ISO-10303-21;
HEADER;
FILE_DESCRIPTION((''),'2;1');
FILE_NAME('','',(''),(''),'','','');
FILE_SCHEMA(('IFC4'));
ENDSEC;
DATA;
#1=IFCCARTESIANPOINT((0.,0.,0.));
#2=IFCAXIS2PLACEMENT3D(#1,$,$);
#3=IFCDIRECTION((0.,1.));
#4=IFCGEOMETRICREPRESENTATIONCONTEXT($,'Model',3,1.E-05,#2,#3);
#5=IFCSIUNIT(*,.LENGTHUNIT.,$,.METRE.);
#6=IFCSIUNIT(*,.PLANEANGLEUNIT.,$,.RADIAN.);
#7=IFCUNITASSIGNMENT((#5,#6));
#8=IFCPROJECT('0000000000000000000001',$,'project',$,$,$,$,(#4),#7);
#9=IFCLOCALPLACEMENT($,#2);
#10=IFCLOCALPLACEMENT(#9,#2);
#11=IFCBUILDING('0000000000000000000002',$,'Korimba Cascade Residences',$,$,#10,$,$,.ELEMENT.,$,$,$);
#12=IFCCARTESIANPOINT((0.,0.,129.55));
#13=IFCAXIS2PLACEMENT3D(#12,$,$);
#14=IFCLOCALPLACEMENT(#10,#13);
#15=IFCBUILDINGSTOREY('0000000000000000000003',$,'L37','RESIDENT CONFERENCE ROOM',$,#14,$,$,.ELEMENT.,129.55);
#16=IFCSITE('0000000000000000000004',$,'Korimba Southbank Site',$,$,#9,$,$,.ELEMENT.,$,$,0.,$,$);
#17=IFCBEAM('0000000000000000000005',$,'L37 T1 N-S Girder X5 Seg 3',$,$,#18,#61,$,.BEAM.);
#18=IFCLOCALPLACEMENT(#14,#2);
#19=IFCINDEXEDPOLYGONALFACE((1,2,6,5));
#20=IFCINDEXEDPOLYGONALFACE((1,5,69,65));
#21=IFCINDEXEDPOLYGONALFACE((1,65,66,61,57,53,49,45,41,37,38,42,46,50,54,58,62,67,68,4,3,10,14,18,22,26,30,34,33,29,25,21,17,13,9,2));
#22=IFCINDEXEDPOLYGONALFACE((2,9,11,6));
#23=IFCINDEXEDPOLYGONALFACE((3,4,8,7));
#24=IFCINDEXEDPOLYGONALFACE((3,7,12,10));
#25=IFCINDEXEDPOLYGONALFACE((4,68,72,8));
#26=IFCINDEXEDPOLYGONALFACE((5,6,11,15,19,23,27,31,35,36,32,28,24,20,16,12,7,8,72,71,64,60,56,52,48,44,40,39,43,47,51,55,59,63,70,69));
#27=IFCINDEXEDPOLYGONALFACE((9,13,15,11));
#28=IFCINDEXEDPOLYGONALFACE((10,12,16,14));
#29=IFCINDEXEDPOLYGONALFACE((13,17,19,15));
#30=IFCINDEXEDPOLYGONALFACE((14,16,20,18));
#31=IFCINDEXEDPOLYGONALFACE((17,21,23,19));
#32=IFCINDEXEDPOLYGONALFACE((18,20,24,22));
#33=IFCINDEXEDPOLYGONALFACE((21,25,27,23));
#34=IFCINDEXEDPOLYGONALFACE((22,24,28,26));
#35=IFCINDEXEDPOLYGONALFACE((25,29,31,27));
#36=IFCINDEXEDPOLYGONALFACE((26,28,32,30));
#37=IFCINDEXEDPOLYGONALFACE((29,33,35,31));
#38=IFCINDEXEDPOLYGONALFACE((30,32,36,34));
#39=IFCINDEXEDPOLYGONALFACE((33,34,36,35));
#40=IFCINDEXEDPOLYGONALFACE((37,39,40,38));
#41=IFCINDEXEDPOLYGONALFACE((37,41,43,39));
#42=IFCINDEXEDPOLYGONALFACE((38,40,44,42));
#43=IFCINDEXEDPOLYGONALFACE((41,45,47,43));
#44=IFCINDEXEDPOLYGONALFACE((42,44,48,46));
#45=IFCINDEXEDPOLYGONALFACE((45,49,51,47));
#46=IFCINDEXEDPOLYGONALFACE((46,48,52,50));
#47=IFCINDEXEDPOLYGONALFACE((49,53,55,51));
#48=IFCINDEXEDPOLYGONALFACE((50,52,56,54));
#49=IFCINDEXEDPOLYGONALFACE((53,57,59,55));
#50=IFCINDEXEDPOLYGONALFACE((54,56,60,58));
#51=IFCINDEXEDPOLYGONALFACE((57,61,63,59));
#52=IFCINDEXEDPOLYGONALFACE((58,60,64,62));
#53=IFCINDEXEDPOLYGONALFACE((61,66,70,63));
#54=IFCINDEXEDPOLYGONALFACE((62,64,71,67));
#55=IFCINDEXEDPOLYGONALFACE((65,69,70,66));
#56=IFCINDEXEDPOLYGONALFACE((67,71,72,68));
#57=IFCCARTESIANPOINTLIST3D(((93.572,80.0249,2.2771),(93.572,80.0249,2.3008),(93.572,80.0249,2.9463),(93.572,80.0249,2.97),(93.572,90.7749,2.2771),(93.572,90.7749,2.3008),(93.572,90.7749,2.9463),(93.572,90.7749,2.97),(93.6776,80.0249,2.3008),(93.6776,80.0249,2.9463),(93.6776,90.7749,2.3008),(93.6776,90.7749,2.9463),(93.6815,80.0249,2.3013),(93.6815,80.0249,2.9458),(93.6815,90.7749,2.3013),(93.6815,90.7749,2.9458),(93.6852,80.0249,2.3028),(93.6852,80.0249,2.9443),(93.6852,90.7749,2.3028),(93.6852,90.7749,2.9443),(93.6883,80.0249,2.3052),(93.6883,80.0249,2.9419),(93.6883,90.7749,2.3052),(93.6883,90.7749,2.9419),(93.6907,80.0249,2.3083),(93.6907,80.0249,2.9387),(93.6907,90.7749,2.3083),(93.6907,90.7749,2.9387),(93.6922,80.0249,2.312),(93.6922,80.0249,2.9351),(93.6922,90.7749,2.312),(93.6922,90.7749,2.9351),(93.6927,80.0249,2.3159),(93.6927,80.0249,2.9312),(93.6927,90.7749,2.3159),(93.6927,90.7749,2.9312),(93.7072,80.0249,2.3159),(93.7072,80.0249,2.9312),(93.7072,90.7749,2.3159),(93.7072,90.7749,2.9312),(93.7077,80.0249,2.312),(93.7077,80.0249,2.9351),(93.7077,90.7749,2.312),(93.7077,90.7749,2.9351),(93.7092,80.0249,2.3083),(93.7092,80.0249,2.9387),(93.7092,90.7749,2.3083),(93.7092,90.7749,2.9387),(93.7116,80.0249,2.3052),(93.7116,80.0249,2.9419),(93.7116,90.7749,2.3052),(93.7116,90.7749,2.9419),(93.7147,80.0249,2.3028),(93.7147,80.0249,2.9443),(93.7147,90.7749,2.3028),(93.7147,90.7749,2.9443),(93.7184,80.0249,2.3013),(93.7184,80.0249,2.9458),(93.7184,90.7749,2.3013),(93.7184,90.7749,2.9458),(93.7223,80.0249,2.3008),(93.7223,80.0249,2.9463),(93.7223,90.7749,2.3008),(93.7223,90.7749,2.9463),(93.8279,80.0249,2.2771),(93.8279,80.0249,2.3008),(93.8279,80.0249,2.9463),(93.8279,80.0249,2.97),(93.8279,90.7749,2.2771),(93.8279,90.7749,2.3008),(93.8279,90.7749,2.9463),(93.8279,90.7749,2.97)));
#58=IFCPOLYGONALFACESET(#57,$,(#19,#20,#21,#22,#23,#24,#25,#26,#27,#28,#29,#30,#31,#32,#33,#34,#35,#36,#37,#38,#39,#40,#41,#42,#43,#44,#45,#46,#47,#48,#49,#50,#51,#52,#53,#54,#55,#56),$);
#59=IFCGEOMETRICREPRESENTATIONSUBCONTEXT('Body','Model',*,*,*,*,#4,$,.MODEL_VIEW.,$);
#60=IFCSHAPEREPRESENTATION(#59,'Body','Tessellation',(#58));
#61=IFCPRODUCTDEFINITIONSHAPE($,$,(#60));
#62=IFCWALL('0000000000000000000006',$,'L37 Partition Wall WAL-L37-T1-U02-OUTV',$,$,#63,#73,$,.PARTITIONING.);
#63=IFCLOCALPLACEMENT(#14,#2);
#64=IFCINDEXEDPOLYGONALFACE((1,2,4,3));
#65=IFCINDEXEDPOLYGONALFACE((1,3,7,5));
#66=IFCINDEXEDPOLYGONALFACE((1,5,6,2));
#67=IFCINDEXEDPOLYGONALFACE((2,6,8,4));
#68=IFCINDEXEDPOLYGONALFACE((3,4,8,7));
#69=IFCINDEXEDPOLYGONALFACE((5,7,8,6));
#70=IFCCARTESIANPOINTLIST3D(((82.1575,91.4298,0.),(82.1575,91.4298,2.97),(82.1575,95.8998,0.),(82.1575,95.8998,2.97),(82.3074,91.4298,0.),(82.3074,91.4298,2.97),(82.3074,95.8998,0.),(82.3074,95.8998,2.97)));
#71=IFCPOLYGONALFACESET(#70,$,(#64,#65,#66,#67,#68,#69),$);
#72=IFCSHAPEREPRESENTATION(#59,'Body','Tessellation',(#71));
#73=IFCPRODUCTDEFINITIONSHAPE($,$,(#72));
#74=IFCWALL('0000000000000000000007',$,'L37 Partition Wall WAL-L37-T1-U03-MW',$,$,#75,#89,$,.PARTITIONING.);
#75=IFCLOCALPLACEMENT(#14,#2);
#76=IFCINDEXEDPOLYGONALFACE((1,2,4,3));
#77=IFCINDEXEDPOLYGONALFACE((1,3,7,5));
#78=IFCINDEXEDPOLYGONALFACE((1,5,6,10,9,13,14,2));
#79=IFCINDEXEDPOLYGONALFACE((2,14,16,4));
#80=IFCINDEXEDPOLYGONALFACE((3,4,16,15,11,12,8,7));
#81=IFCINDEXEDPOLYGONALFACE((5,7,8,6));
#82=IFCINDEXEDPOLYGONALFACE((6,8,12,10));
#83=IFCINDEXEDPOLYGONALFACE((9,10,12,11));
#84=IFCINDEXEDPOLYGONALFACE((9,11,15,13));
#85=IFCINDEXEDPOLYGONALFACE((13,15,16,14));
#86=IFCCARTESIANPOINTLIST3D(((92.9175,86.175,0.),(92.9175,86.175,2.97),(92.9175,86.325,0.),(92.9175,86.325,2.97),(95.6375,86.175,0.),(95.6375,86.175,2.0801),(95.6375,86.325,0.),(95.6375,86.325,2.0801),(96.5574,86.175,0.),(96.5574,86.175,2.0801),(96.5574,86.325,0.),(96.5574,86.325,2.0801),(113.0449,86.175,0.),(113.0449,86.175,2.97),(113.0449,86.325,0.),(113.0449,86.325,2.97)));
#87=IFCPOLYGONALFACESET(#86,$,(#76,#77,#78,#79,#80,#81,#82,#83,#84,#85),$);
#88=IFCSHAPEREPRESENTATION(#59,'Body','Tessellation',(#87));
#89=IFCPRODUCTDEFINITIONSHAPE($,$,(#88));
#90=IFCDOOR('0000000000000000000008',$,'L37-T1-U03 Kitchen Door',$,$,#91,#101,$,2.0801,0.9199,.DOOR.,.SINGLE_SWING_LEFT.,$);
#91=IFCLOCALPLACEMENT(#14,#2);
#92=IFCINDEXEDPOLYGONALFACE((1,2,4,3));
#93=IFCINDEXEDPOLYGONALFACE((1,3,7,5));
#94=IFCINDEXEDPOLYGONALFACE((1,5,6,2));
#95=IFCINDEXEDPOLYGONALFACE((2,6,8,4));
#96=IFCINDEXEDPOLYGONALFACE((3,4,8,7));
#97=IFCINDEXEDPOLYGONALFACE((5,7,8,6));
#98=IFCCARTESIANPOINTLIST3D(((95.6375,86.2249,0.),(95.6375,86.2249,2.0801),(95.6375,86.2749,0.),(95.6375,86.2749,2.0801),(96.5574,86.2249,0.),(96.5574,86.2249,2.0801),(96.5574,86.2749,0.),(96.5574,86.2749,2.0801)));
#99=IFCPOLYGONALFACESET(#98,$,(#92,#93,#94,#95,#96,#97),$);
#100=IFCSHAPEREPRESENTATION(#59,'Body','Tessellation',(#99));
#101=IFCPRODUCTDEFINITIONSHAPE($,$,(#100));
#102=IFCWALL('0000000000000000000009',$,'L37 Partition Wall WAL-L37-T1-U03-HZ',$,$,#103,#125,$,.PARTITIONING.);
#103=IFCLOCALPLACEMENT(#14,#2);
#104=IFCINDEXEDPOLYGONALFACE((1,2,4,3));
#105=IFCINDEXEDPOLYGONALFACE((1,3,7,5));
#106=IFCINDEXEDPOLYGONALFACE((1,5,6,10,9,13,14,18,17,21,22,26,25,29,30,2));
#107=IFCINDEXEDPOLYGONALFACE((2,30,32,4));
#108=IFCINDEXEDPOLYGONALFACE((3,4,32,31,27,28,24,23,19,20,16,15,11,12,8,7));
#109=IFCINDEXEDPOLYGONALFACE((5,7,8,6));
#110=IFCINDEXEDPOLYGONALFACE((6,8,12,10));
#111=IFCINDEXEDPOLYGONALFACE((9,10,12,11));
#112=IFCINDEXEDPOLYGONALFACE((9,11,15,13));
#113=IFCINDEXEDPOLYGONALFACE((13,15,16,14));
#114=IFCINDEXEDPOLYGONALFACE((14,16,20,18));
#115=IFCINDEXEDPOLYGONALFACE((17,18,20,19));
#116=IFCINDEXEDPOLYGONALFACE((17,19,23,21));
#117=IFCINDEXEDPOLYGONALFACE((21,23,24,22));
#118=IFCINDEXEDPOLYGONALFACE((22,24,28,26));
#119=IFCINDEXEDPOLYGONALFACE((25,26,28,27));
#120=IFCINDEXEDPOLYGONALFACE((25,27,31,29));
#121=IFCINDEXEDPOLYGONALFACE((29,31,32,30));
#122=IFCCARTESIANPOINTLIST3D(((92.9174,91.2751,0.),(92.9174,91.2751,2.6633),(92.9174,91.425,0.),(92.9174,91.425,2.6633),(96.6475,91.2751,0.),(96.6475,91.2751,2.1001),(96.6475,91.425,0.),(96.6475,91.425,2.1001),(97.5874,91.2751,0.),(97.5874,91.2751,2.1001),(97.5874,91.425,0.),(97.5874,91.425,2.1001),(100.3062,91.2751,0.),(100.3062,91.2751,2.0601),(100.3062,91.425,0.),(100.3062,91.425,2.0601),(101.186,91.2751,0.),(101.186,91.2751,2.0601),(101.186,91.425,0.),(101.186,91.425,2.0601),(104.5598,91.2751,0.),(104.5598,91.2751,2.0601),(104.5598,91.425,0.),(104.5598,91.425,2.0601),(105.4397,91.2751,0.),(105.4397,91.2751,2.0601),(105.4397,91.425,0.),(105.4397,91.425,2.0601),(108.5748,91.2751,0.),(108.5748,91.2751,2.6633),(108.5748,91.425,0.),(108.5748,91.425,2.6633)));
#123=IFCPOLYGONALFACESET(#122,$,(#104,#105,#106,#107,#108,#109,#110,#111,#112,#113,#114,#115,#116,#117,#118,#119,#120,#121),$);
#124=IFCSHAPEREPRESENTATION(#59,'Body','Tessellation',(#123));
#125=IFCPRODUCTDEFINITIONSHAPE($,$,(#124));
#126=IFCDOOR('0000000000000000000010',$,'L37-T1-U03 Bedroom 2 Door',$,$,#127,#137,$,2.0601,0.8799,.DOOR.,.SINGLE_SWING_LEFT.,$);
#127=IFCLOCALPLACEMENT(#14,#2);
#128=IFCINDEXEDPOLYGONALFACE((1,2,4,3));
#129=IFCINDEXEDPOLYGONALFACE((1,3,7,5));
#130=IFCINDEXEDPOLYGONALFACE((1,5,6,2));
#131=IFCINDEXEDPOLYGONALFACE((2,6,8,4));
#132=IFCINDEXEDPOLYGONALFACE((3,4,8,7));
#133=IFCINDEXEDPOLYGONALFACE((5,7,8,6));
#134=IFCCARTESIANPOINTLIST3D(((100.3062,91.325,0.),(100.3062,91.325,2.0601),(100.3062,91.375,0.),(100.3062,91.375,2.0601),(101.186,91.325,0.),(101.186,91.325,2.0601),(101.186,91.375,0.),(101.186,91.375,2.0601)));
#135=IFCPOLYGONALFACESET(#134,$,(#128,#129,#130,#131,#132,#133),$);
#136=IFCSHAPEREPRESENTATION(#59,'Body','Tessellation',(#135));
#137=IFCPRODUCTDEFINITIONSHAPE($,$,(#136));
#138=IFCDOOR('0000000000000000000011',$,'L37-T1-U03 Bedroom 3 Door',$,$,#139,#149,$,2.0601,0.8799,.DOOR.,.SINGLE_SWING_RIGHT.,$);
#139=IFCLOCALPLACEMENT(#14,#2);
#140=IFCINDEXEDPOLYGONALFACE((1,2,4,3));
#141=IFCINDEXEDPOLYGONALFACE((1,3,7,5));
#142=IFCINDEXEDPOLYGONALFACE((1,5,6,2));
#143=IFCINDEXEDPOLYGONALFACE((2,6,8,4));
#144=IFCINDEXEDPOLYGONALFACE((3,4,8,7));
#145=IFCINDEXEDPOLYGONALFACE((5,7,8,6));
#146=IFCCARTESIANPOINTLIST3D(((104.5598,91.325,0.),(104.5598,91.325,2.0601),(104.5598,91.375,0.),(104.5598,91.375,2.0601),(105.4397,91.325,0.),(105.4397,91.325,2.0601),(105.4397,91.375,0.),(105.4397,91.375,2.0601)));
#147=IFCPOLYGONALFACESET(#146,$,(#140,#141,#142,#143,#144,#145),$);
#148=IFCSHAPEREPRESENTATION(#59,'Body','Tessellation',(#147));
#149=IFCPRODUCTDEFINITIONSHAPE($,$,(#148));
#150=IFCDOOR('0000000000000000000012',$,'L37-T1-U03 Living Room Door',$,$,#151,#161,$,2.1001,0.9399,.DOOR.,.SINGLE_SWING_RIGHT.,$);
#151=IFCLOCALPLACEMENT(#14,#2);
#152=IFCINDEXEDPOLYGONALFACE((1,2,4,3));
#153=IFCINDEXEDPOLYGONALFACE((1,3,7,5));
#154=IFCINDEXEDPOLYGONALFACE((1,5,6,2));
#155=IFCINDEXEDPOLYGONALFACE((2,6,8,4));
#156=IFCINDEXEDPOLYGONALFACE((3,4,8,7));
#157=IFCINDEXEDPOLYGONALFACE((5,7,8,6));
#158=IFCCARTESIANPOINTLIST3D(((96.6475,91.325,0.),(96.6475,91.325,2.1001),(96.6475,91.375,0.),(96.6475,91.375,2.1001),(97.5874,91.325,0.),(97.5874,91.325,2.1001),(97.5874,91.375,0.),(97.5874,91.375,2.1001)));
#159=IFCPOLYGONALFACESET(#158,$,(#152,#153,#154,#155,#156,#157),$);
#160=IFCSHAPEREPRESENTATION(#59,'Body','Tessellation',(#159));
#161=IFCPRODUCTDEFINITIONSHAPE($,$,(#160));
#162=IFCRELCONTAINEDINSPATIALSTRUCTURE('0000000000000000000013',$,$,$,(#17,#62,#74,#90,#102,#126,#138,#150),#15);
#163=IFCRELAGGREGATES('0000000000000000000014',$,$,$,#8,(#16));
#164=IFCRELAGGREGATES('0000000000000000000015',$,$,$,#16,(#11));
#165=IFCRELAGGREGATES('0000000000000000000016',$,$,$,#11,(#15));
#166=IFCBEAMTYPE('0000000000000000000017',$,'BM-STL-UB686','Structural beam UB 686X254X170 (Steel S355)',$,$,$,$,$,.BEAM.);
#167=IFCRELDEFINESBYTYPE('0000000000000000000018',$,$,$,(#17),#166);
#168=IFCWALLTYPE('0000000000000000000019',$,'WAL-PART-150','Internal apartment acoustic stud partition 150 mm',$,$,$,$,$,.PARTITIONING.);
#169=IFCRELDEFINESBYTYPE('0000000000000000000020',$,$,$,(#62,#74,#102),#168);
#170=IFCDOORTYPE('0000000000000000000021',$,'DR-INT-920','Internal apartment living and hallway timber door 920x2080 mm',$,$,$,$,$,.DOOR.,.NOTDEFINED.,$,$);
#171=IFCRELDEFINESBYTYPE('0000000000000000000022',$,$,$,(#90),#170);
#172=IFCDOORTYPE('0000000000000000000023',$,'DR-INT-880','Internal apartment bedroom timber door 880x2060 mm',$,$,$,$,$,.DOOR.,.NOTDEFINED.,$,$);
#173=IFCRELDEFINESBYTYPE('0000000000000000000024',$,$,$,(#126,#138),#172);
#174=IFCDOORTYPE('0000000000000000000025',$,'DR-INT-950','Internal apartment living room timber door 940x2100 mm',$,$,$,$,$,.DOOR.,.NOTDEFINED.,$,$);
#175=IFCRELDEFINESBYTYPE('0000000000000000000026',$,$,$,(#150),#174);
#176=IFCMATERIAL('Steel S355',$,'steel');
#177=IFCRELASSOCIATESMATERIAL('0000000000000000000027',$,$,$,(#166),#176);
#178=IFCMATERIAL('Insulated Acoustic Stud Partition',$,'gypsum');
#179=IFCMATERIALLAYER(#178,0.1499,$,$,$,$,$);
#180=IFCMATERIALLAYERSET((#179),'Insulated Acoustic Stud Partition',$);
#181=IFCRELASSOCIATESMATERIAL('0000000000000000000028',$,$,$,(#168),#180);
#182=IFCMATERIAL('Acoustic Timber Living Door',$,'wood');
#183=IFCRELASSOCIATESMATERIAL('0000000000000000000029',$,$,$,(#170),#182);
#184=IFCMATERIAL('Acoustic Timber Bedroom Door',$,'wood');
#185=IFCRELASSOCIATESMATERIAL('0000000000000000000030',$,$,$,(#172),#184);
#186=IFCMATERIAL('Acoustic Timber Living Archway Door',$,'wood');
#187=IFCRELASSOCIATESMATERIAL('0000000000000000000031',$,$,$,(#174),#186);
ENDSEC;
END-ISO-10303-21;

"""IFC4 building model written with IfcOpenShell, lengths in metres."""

from ifc_helpers import new_model, si_unit, direction, frame, frame_2d, origin, origin_2d, place, context, subcontext, project, spatial, rectangle, i_section, extrude, material, layer, layer_set, material_profile, profile_set, type_object, element, fill, save


model = new_model("IFC4")

# Units and contexts
model_context = context("Model", 3, precision=1e-05, world=origin(), true_north=direction((0.0, 1.0)))
body_context = subcontext(model_context, "Body", "Model", "MODEL_VIEW")
ifc_project = project(units=[si_unit("LENGTHUNIT", "METRE"), si_unit("PLANEANGLEUNIT", "RADIAN")], contexts=[model_context])

# Site, building, storey
site_placement = place(None, origin())
site = spatial("IfcSite", under=ifc_project, at=site_placement, Name="Korimba Southbank Site", CompositionType="ELEMENT", RefElevation=0.0)
building_placement = place(site_placement, origin())
building = spatial("IfcBuilding", under=site, at=building_placement, Name="Korimba Cascade Residences", CompositionType="ELEMENT")
storey_placement = place(building_placement, frame((0.0, 0.0, 129.55)))
storey = spatial("IfcBuildingStorey", under=building, at=storey_placement, Name="L37", Description="RESIDENT CONFERENCE ROOM", CompositionType="ELEMENT", Elevation=129.55)

# Beam
ifc_material_1 = material(Name="Steel S355", Category="steel")
ifc_material_profile_1 = material_profile(ifc_material_1, i_section(OverallWidth=0.2559, OverallDepth=0.6929, WebThickness=0.0144, FlangeThickness=0.0237, FilletRadius=0.0151, at=origin_2d()), Name="Steel S355")
ifc_profile_set_1 = profile_set([ifc_material_profile_1], Name="Steel S355")
beam_type_1 = type_object("IfcBeamType", Name="BM-STL-UB686", Description="Structural beam UB 686X254X170 (Steel S355)", PredefinedType="BEAM", material=ifc_profile_set_1)
beam_1_placement = place(storey_placement, frame((93.7, 80.0249, 2.6235), z_axis=(0.0, 1.0, 0.0), x_axis=(-1.0, 0.0, 0.0)))
element("IfcBeam", 1, at=beam_1_placement, inside=storey, type_object=beam_type_1, Name="L37 T1 N-S Girder X5 Seg 3", PredefinedType="BEAM", context=body_context, shape_type="SweptSolid", body=[
    extrude(i_section(OverallWidth=0.2559, OverallDepth=0.6929, WebThickness=0.0144, FlangeThickness=0.0237, FilletRadius=0.0151, at=origin_2d()), origin(), (0.0, 0.0, 1.0), 10.75),
])

# Wall
ifc_material_2 = material(Name="Insulated Acoustic Stud Partition", Category="gypsum")
ifc_layer = layer(ifc_material_2, 0.1499)
ifc_layer_set = layer_set([ifc_layer], Name="Insulated Acoustic Stud Partition")
wall_type = type_object("IfcWallType", Name="WAL-PART-150", Description="Internal apartment acoustic stud partition 150 mm", PredefinedType="PARTITIONING", material=ifc_layer_set)
wall_1_placement = place(storey_placement, frame((82.2324, 91.4299, 0.0), z_axis=(0.0, 0.0, 1.0), x_axis=(0.0, 1.0, 0.0)))
element("IfcWall", 2, at=wall_1_placement, inside=storey, type_object=wall_type, Name="L37 Partition Wall WAL-L37-T1-U02-OUTV", PredefinedType="PARTITIONING", context=body_context, shape_type="SweptSolid", body=[
    extrude(rectangle(XDim=4.47, YDim=0.1499, at=frame_2d((2.2349, 0.0))), origin(), (0.0, 0.0, 1.0), 2.97),
])

# Wall, opening, door
wall_2_placement = place(storey_placement, frame((92.9175, 86.25, 0.0), z_axis=(0.0, 0.0, 1.0), x_axis=(1.0, 0.0, 0.0)))
wall_2 = element("IfcWall", 3, at=wall_2_placement, inside=storey, type_object=wall_type, Name="L37 Partition Wall WAL-L37-T1-U03-MW", PredefinedType="PARTITIONING", context=body_context, shape_type="SweptSolid", body=[
    extrude(rectangle(XDim=20.1274, YDim=0.1499, at=frame_2d((10.0637, 0.0))), origin(), (0.0, 0.0, 1.0), 2.97),
])
opening_1_placement = place(wall_2_placement, frame((2.72, 0.0, 0.0)))
opening_1 = element("IfcOpeningElement", 4, at=opening_1_placement, cuts=wall_2, PredefinedType="OPENING", context=body_context, shape_type="SweptSolid", body=[
    extrude(rectangle(XDim=0.9199, YDim=2.0801, at=frame_2d((0.46, 1.04))), frame((0.0, 0.085, 0.0), z_axis=(0.0, -1.0, 0.0), x_axis=(1.0, 0.0, 0.0)), (0.0, 0.0, 1.0), 0.1699),
])
ifc_material_3 = material(Name="Acoustic Timber Living Door", Category="wood")
door_type_1 = type_object("IfcDoorType", Name="DR-INT-920", Description="Internal apartment living and hallway timber door 920x2080 mm", OperationType="NOTDEFINED", PredefinedType="DOOR", material=ifc_material_3)
door_1_placement = place(opening_1_placement, origin())
door_1 = element("IfcDoor", 5, at=door_1_placement, inside=storey, type_object=door_type_1, Name="L37-T1-U03 Kitchen Door", OperationType="SINGLE_SWING_LEFT", OverallHeight=2.0801, OverallWidth=0.9199, PredefinedType="DOOR", context=body_context, shape_type="SweptSolid", body=[
    extrude(rectangle(XDim=0.9199, YDim=2.0801, at=frame_2d((0.46, 1.04))), frame((0.0, 0.0249, 0.0), z_axis=(0.0, -1.0, 0.0), x_axis=(1.0, 0.0, 0.0)), (0.0, 0.0, 1.0), 0.05),
])
fill(opening_1, door_1)

# Wall, openings, doors
wall_3_placement = place(storey_placement, frame((92.9175, 91.3501, 0.0), z_axis=(0.0, 0.0, 1.0), x_axis=(1.0, 0.0, 0.0)))
wall_3 = element("IfcWall", 6, at=wall_3_placement, inside=storey, type_object=wall_type, Name="L37 Partition Wall WAL-L37-T1-U03-HZ", PredefinedType="PARTITIONING", context=body_context, shape_type="SweptSolid", body=[
    extrude(rectangle(XDim=15.6575, YDim=0.1499, at=frame_2d((7.8286, 0.0))), origin(), (0.0, 0.0, 1.0), 2.6633),
])
opening_2_placement = place(wall_3_placement, frame((3.73, 0.0, 0.0)))
opening_2 = element("IfcOpeningElement", 7, at=opening_2_placement, cuts=wall_3, PredefinedType="OPENING", context=body_context, shape_type="SweptSolid", body=[
    extrude(rectangle(XDim=0.9399, YDim=2.1001, at=frame_2d((0.47, 1.05))), frame((0.0, 0.085, 0.0), z_axis=(0.0, -1.0, 0.0), x_axis=(1.0, 0.0, 0.0)), (0.0, 0.0, 1.0), 0.1699),
])
opening_3_placement = place(wall_3_placement, frame((7.3887, 0.0, 0.0)))
opening_3 = element("IfcOpeningElement", 8, at=opening_3_placement, cuts=wall_3, PredefinedType="OPENING", context=body_context, shape_type="SweptSolid", body=[
    extrude(rectangle(XDim=0.8799, YDim=2.0601, at=frame_2d((0.4399, 1.03))), frame((0.0, 0.085, 0.0), z_axis=(0.0, -1.0, 0.0), x_axis=(1.0, 0.0, 0.0)), (0.0, 0.0, 1.0), 0.1699),
])
opening_4_placement = place(wall_3_placement, frame((11.6423, 0.0, 0.0)))
opening_4 = element("IfcOpeningElement", 9, at=opening_4_placement, cuts=wall_3, PredefinedType="OPENING", context=body_context, shape_type="SweptSolid", body=[
    extrude(rectangle(XDim=0.8799, YDim=2.0601, at=frame_2d((0.4399, 1.03))), frame((0.0, 0.085, 0.0), z_axis=(0.0, -1.0, 0.0), x_axis=(1.0, 0.0, 0.0)), (0.0, 0.0, 1.0), 0.1699),
])
ifc_material_4 = material(Name="Acoustic Timber Bedroom Door", Category="wood")
door_type_2 = type_object("IfcDoorType", Name="DR-INT-880", Description="Internal apartment bedroom timber door 880x2060 mm", OperationType="NOTDEFINED", PredefinedType="DOOR", material=ifc_material_4)
door_2_placement = place(opening_3_placement, origin())
door_2 = element("IfcDoor", 10, at=door_2_placement, inside=storey, type_object=door_type_2, Name="L37-T1-U03 Bedroom 2 Door", OperationType="SINGLE_SWING_LEFT", OverallHeight=2.0601, OverallWidth=0.8799, PredefinedType="DOOR", context=body_context, shape_type="SweptSolid", body=[
    extrude(rectangle(XDim=0.8799, YDim=2.0601, at=frame_2d((0.4399, 1.03))), frame((0.0, 0.0249, 0.0), z_axis=(0.0, -1.0, 0.0), x_axis=(1.0, 0.0, 0.0)), (0.0, 0.0, 1.0), 0.05),
])
fill(opening_3, door_2)
door_3_placement = place(opening_4_placement, origin())
door_3 = element("IfcDoor", 11, at=door_3_placement, inside=storey, type_object=door_type_2, Name="L37-T1-U03 Bedroom 3 Door", OperationType="SINGLE_SWING_RIGHT", OverallHeight=2.0601, OverallWidth=0.8799, PredefinedType="DOOR", context=body_context, shape_type="SweptSolid", body=[
    extrude(rectangle(XDim=0.8799, YDim=2.0601, at=frame_2d((0.4399, 1.03))), frame((0.0, 0.0249, 0.0), z_axis=(0.0, -1.0, 0.0), x_axis=(1.0, 0.0, 0.0)), (0.0, 0.0, 1.0), 0.05),
])
fill(opening_4, door_3)
ifc_material_5 = material(Name="Acoustic Timber Living Archway Door", Category="wood")
door_type_3 = type_object("IfcDoorType", Name="DR-INT-950", Description="Internal apartment living room timber door 940x2100 mm", OperationType="NOTDEFINED", PredefinedType="DOOR", material=ifc_material_5)
door_4_placement = place(opening_2_placement, origin())
door_4 = element("IfcDoor", 12, at=door_4_placement, inside=storey, type_object=door_type_3, Name="L37-T1-U03 Living Room Door", OperationType="SINGLE_SWING_RIGHT", OverallHeight=2.1001, OverallWidth=0.9399, PredefinedType="DOOR", context=body_context, shape_type="SweptSolid", body=[
    extrude(rectangle(XDim=0.9399, YDim=2.1001, at=frame_2d((0.47, 1.05))), frame((0.0, 0.0249, 0.0), z_axis=(0.0, -1.0, 0.0), x_axis=(1.0, 0.0, 0.0)), (0.0, 0.0, 1.0), 0.05),
])
fill(opening_2, door_4)

save(model, "model.ifc")
